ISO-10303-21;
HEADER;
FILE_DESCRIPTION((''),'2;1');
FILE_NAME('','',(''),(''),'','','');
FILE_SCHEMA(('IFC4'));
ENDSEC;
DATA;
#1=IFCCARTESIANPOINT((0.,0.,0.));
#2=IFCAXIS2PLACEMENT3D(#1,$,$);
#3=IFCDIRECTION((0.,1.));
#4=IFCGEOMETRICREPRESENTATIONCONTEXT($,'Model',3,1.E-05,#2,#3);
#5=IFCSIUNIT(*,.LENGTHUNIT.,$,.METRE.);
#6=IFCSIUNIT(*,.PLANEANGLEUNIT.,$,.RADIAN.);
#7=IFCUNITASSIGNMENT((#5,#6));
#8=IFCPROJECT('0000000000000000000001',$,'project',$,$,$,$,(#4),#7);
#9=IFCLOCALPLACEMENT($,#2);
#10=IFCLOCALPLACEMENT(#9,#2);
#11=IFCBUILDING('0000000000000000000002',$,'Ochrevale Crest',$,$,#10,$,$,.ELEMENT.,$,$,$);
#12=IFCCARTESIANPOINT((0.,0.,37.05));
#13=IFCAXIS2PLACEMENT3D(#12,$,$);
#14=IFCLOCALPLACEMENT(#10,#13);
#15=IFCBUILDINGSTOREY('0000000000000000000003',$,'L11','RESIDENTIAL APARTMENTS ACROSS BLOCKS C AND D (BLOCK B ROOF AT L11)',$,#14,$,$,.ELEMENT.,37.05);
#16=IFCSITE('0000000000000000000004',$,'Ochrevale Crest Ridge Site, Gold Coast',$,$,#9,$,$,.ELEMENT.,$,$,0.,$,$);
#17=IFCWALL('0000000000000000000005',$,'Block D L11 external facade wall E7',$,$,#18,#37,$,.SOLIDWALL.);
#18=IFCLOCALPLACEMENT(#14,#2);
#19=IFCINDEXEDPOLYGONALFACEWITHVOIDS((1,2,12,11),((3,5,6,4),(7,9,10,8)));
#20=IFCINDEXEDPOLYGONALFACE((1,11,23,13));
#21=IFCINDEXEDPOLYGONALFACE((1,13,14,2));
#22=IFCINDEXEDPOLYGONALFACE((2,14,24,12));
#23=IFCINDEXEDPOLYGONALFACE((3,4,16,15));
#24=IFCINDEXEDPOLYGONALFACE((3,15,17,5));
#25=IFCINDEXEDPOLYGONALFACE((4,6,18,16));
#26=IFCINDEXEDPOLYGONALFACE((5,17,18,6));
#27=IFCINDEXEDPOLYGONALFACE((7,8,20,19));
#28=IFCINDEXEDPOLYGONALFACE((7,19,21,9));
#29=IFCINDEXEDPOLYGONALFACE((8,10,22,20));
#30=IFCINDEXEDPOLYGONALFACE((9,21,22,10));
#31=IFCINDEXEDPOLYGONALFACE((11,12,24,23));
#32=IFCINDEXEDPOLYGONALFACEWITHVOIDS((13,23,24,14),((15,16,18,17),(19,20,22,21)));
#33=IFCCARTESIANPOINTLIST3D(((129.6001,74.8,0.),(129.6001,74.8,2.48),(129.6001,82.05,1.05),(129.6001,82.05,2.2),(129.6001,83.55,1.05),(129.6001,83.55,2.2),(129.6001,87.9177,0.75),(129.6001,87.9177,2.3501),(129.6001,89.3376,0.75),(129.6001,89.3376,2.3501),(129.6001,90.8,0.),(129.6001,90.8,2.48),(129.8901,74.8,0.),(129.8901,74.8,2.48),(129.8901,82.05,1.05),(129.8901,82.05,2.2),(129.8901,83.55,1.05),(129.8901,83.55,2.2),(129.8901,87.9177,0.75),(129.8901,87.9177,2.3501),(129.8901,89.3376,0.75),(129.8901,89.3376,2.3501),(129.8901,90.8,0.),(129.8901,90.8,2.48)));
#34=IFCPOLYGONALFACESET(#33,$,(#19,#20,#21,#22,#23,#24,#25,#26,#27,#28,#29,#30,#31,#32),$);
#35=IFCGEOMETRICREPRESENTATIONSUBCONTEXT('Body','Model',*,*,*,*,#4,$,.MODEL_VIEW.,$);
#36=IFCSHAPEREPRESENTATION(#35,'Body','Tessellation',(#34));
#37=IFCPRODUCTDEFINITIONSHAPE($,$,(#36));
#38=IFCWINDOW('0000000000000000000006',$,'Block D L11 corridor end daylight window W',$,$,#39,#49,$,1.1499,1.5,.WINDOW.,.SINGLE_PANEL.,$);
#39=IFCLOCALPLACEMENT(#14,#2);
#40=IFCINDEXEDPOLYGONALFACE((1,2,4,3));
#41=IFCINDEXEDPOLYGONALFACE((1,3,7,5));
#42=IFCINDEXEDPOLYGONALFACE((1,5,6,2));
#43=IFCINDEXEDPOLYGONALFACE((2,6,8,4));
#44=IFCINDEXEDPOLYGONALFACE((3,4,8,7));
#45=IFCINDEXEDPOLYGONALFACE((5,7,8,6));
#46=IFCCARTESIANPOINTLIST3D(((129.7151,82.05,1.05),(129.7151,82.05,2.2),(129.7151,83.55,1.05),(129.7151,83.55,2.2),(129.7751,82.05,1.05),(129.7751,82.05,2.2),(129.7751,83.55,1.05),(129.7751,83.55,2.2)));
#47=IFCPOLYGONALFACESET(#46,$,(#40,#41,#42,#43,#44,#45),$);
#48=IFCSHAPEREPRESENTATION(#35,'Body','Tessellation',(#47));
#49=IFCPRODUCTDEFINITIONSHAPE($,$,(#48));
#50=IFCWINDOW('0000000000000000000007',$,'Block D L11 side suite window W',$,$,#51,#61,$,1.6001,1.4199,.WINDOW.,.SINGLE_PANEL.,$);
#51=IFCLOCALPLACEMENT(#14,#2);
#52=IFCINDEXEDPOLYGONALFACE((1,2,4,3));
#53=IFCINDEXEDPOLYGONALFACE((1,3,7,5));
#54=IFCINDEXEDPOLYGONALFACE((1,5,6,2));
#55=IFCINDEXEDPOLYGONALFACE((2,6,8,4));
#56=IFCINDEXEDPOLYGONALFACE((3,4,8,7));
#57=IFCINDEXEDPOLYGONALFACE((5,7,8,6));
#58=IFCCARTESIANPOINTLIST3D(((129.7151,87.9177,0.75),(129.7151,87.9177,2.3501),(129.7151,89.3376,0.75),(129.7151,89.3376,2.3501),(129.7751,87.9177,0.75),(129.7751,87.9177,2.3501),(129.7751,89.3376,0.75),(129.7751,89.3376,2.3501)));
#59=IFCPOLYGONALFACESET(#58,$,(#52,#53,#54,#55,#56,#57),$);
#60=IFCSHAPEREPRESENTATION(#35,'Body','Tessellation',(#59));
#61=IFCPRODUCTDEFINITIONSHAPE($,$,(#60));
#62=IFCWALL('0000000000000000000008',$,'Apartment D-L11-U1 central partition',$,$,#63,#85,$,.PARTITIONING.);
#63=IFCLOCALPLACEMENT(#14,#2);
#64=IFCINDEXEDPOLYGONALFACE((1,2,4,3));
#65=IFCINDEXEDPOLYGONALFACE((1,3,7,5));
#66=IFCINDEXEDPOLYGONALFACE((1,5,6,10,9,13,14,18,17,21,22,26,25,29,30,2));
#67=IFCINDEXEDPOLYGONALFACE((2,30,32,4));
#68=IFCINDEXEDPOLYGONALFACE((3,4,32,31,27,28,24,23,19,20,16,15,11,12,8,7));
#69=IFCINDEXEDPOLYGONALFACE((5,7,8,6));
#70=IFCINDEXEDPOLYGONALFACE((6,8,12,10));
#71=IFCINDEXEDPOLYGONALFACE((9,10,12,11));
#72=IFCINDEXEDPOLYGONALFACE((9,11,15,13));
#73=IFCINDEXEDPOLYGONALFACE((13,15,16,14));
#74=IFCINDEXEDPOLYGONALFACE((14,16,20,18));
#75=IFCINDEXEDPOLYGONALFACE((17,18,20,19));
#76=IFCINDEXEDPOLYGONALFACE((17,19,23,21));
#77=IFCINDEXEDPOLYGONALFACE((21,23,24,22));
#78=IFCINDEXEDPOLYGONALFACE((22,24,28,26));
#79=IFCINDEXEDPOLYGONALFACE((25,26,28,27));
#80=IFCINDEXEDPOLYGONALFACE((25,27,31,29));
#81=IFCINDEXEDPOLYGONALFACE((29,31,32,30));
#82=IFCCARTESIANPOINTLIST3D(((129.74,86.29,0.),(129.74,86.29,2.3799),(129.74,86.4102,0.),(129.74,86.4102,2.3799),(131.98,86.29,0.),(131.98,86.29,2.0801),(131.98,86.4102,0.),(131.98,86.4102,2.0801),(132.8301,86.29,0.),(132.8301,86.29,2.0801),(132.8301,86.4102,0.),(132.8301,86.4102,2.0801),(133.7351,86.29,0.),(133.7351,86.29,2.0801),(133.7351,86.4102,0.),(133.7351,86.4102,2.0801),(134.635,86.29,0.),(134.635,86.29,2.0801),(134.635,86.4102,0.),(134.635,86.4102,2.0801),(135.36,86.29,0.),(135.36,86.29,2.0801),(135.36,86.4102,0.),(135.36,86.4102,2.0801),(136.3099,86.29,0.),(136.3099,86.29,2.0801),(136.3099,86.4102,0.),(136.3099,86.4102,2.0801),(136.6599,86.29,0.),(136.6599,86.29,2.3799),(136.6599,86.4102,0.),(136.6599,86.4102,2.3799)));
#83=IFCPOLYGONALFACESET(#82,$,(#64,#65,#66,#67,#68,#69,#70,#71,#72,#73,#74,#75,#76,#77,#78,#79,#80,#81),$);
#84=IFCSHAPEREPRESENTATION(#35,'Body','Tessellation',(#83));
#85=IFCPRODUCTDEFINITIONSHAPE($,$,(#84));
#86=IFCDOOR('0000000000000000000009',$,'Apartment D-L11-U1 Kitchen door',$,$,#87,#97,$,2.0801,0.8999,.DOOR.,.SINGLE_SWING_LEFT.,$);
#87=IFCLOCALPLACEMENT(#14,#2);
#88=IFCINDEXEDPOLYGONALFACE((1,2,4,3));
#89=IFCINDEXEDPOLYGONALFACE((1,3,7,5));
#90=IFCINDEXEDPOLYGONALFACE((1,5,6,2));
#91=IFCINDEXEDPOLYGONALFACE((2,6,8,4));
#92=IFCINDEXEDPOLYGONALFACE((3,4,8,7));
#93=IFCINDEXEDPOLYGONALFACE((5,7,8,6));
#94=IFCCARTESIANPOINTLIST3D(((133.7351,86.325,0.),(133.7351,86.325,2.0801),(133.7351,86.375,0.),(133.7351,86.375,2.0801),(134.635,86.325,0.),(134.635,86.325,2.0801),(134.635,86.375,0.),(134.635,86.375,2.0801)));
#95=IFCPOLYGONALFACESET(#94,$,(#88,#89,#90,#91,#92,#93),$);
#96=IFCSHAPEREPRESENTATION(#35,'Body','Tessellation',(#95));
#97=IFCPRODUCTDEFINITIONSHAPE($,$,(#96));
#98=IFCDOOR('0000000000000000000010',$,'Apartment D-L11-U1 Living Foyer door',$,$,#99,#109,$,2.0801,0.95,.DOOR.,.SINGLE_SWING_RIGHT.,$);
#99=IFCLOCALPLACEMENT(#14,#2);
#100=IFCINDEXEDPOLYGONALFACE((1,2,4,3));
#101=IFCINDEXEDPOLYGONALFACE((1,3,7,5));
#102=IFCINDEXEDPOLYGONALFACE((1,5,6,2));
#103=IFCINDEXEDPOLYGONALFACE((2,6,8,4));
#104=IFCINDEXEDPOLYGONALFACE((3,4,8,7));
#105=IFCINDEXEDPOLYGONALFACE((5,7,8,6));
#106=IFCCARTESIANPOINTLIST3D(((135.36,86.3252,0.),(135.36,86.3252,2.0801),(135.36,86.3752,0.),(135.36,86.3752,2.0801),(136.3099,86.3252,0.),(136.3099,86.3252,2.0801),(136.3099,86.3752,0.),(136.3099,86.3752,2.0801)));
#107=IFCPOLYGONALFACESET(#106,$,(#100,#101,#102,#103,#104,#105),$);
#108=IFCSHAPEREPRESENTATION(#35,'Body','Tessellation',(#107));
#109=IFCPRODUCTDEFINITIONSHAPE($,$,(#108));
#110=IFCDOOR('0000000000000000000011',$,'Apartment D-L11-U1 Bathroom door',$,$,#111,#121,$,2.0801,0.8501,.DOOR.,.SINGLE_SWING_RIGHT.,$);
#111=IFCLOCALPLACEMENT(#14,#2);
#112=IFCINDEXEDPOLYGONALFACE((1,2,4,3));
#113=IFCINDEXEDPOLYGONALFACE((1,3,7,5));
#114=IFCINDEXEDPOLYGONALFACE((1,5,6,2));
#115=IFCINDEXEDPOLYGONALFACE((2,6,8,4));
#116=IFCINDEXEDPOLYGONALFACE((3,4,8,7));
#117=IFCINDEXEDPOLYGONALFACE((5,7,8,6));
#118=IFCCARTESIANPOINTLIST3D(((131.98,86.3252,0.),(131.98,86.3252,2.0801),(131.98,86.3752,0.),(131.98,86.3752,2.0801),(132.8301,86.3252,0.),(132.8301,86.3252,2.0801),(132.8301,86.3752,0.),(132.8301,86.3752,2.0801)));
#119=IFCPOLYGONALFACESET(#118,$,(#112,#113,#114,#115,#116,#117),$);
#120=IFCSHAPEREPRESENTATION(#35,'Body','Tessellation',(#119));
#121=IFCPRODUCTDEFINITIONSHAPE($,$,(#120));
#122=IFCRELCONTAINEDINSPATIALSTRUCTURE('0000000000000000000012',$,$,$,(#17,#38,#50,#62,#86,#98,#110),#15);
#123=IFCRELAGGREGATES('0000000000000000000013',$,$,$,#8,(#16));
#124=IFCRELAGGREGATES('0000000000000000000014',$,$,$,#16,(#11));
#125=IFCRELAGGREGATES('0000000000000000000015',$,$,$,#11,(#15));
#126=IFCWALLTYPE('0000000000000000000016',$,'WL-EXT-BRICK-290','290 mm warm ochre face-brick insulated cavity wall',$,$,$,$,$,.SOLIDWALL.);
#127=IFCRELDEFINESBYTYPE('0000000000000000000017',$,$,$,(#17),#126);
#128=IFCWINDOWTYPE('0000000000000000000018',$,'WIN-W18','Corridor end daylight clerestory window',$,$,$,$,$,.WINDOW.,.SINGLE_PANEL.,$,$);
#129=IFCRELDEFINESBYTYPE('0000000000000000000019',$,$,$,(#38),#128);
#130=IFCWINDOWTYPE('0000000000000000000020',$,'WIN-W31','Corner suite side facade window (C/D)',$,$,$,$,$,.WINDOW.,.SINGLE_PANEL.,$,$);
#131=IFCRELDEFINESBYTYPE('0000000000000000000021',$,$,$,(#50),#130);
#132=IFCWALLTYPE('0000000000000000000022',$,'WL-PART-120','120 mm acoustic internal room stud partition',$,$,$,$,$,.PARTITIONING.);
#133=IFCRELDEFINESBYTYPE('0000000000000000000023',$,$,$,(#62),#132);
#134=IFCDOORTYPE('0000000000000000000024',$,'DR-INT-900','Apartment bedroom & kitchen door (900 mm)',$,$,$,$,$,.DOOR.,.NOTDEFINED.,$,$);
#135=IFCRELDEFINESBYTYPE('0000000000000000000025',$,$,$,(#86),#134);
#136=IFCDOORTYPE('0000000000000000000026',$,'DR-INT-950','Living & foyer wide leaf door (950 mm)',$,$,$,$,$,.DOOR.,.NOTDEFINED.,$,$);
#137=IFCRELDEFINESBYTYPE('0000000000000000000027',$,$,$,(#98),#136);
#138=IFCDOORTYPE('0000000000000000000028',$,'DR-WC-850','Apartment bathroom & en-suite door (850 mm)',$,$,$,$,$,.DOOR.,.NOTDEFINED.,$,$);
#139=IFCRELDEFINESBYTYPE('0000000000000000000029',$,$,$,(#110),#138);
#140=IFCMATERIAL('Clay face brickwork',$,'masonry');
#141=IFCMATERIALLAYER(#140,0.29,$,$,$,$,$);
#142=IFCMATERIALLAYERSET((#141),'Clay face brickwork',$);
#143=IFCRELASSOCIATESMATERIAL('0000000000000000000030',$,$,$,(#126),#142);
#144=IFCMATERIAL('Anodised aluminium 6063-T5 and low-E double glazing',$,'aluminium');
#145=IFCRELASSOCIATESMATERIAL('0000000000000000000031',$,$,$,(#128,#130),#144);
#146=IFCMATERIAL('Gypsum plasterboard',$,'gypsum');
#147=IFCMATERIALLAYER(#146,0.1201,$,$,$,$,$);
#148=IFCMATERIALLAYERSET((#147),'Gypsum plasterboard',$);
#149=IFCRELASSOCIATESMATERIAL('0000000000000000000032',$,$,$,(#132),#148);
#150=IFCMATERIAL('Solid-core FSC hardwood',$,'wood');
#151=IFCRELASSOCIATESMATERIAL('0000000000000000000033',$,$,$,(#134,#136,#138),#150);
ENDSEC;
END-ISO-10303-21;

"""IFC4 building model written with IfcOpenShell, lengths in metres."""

from ifc_helpers import new_model, si_unit, direction, frame, frame_2d, origin, place, context, subcontext, project, spatial, rectangle, extrude, material, layer, layer_set, type_object, element, fill, save


model = new_model("IFC4")

# Units and contexts
model_context = context("Model", 3, precision=1e-05, world=origin(), true_north=direction((0.0, 1.0)))
body_context = subcontext(model_context, "Body", "Model", "MODEL_VIEW")
ifc_project = project(units=[si_unit("LENGTHUNIT", "METRE"), si_unit("PLANEANGLEUNIT", "RADIAN")], contexts=[model_context])

# Site, building, storey
site_placement = place(None, origin())
site = spatial("IfcSite", under=ifc_project, at=site_placement, Name="Ochrevale Crest Ridge Site, Gold Coast", CompositionType="ELEMENT", RefElevation=0.0)
building_placement = place(site_placement, origin())
building = spatial("IfcBuilding", under=site, at=building_placement, Name="Ochrevale Crest", CompositionType="ELEMENT")
storey_placement = place(building_placement, frame((0.0, 0.0, 37.05)))
storey = spatial("IfcBuildingStorey", under=building, at=storey_placement, Name="L11", Description="RESIDENTIAL APARTMENTS ACROSS BLOCKS C AND D (BLOCK B ROOF AT L11)", CompositionType="ELEMENT", Elevation=37.05)

# Shared definitions
ifc_material_1 = material(Name="Gypsum plasterboard", Category="gypsum")
ifc_material_2 = material(Name="Solid-core FSC hardwood", Category="wood")

# Wall, openings, windows
ifc_material_3 = material(Name="Clay face brickwork", Category="masonry")
ifc_layer_1 = layer(ifc_material_3, 0.29)
ifc_layer_set_1 = layer_set([ifc_layer_1], Name="Clay face brickwork")
wall_type_1 = type_object("IfcWallType", Name="WL-EXT-BRICK-290", Description="290 mm warm ochre face-brick insulated cavity wall", PredefinedType="SOLIDWALL", material=ifc_layer_set_1)
wall_1_placement = place(storey_placement, frame((129.7451, 90.8, 0.0), z_axis=(0.0, 0.0, 1.0), x_axis=(0.0, -1.0, 0.0)))
wall_1 = element("IfcWall", 1, at=wall_1_placement, inside=storey, type_object=wall_type_1, Name="Block D L11 external facade wall E7", PredefinedType="SOLIDWALL", context=body_context, shape_type="SweptSolid", body=[
    extrude(rectangle(XDim=16.0, YDim=0.29, at=frame_2d((8.0, 0.0))), origin(), (0.0, 0.0, 1.0), 2.48),
])
opening_1_placement = place(wall_1_placement, frame((7.25, 0.0, 1.05)))
opening_1 = element("IfcOpeningElement", 2, at=opening_1_placement, cuts=wall_1, PredefinedType="OPENING", context=body_context, shape_type="SweptSolid", body=[
    extrude(rectangle(XDim=1.5, YDim=1.1499, at=frame_2d((0.75, 0.575))), frame((0.0, 0.155, 0.0), z_axis=(0.0, -1.0, 0.0), x_axis=(1.0, 0.0, 0.0)), (0.0, 0.0, 1.0), 0.3101),
])
opening_2_placement = place(wall_1_placement, frame((1.4624, 0.0, 0.75)))
opening_2 = element("IfcOpeningElement", 3, at=opening_2_placement, cuts=wall_1, PredefinedType="OPENING", context=body_context, shape_type="SweptSolid", body=[
    extrude(rectangle(XDim=1.4199, YDim=1.6001, at=frame_2d((0.71, 0.8))), frame((0.0, 0.155, 0.0), z_axis=(0.0, -1.0, 0.0), x_axis=(1.0, 0.0, 0.0)), (0.0, 0.0, 1.0), 0.3101),
])
ifc_material_4 = material(Name="Anodised aluminium 6063-T5 and low-E double glazing", Category="aluminium")
window_type_1 = type_object("IfcWindowType", Name="WIN-W18", Description="Corridor end daylight clerestory window", PartitioningType="SINGLE_PANEL", PredefinedType="WINDOW", material=ifc_material_4)
window_1_placement = place(opening_1_placement, origin())
window_1 = element("IfcWindow", 4, at=window_1_placement, inside=storey, type_object=window_type_1, Name="Block D L11 corridor end daylight window W", OverallHeight=1.1499, OverallWidth=1.5, PartitioningType="SINGLE_PANEL", PredefinedType="WINDOW", context=body_context, shape_type="SweptSolid", body=[
    extrude(rectangle(XDim=1.5, YDim=1.1499, at=frame_2d((0.75, 0.575))), frame((0.0, 0.03, 0.0), z_axis=(0.0, -1.0, 0.0), x_axis=(1.0, 0.0, 0.0)), (0.0, 0.0, 1.0), 0.0601),
])
fill(opening_1, window_1)
window_type_2 = type_object("IfcWindowType", Name="WIN-W31", Description="Corner suite side facade window (C/D)", PartitioningType="SINGLE_PANEL", PredefinedType="WINDOW", material=ifc_material_4)
window_2_placement = place(opening_2_placement, origin())
window_2 = element("IfcWindow", 5, at=window_2_placement, inside=storey, type_object=window_type_2, Name="Block D L11 side suite window W", OverallHeight=1.6001, OverallWidth=1.4199, PartitioningType="SINGLE_PANEL", PredefinedType="WINDOW", context=body_context, shape_type="SweptSolid", body=[
    extrude(rectangle(XDim=1.4199, YDim=1.6001, at=frame_2d((0.71, 0.8))), frame((0.0, 0.03, 0.0), z_axis=(0.0, -1.0, 0.0), x_axis=(1.0, 0.0, 0.0)), (0.0, 0.0, 1.0), 0.0601),
])
fill(opening_2, window_2)

# Wall, openings, doors
ifc_layer_2 = layer(ifc_material_1, 0.1201)
ifc_layer_set_2 = layer_set([ifc_layer_2], Name="Gypsum plasterboard")
wall_type_2 = type_object("IfcWallType", Name="WL-PART-120", Description="120 mm acoustic internal room stud partition", PredefinedType="PARTITIONING", material=ifc_layer_set_2)
wall_2_placement = place(storey_placement, frame((129.74, 86.3501, 0.0), z_axis=(0.0, 0.0, 1.0), x_axis=(1.0, 0.0, 0.0)))
wall_2 = element("IfcWall", 6, at=wall_2_placement, inside=storey, type_object=wall_type_2, Name="Apartment D-L11-U1 central partition", PredefinedType="PARTITIONING", context=body_context, shape_type="SweptSolid", body=[
    extrude(rectangle(XDim=6.9199, YDim=0.1201, at=frame_2d((3.46, 0.0))), origin(), (0.0, 0.0, 1.0), 2.3799),
])
opening_3_placement = place(wall_2_placement, frame((3.0901, 0.0, 0.0), z_axis=(0.0, 0.0, 1.0), x_axis=(-1.0, 0.0, 0.0)))
opening_3 = element("IfcOpeningElement", 7, at=opening_3_placement, cuts=wall_2, PredefinedType="OPENING", context=body_context, shape_type="SweptSolid", body=[
    extrude(rectangle(XDim=0.8501, YDim=2.0801, at=frame_2d((0.425, 1.04))), frame((0.0, 0.0701, 0.0), z_axis=(0.0, -1.0, 0.0), x_axis=(1.0, 0.0, 0.0)), (0.0, 0.0, 1.0), 0.1401),
])
opening_4_placement = place(wall_2_placement, frame((3.9951, 0.0, 0.0)))
opening_4 = element("IfcOpeningElement", 8, at=opening_4_placement, cuts=wall_2, PredefinedType="OPENING", context=body_context, shape_type="SweptSolid", body=[
    extrude(rectangle(XDim=0.8999, YDim=2.0801, at=frame_2d((0.45, 1.04))), frame((0.0, 0.0701, 0.0), z_axis=(0.0, -1.0, 0.0), x_axis=(1.0, 0.0, 0.0)), (0.0, 0.0, 1.0), 0.1401),
])
opening_5_placement = place(wall_2_placement, frame((6.5701, 0.0, 0.0), z_axis=(0.0, 0.0, 1.0), x_axis=(-1.0, 0.0, 0.0)))
opening_5 = element("IfcOpeningElement", 9, at=opening_5_placement, cuts=wall_2, PredefinedType="OPENING", context=body_context, shape_type="SweptSolid", body=[
    extrude(rectangle(XDim=0.95, YDim=2.0801, at=frame_2d((0.4751, 1.04))), frame((0.0, 0.0701, 0.0), z_axis=(0.0, -1.0, 0.0), x_axis=(1.0, 0.0, 0.0)), (0.0, 0.0, 1.0), 0.1401),
])
door_type_1 = type_object("IfcDoorType", Name="DR-INT-900", Description="Apartment bedroom & kitchen door (900 mm)", OperationType="NOTDEFINED", PredefinedType="DOOR", material=ifc_material_2)
door_1_placement = place(opening_4_placement, origin())
door_1 = element("IfcDoor", 10, at=door_1_placement, inside=storey, type_object=door_type_1, Name="Apartment D-L11-U1 Kitchen door", OperationType="SINGLE_SWING_LEFT", OverallHeight=2.0801, OverallWidth=0.8999, PredefinedType="DOOR", context=body_context, shape_type="SweptSolid", body=[
    extrude(rectangle(XDim=0.8999, YDim=2.0801, at=frame_2d((0.45, 1.04))), frame((0.0, 0.0249, 0.0), z_axis=(0.0, -1.0, 0.0), x_axis=(1.0, 0.0, 0.0)), (0.0, 0.0, 1.0), 0.05),
])
fill(opening_4, door_1)
door_type_2 = type_object("IfcDoorType", Name="DR-INT-950", Description="Living & foyer wide leaf door (950 mm)", OperationType="NOTDEFINED", PredefinedType="DOOR", material=ifc_material_2)
door_2_placement = place(opening_5_placement, origin())
door_2 = element("IfcDoor", 11, at=door_2_placement, inside=storey, type_object=door_type_2, Name="Apartment D-L11-U1 Living Foyer door", OperationType="SINGLE_SWING_RIGHT", OverallHeight=2.0801, OverallWidth=0.95, PredefinedType="DOOR", context=body_context, shape_type="SweptSolid", body=[
    extrude(rectangle(XDim=0.95, YDim=2.0801, at=frame_2d((0.4751, 1.04))), frame((0.0, 0.0249, 0.0), z_axis=(0.0, -1.0, 0.0), x_axis=(1.0, 0.0, 0.0)), (0.0, 0.0, 1.0), 0.05),
])
fill(opening_5, door_2)
door_type_3 = type_object("IfcDoorType", Name="DR-WC-850", Description="Apartment bathroom & en-suite door (850 mm)", OperationType="NOTDEFINED", PredefinedType="DOOR", material=ifc_material_2)
door_3_placement = place(opening_3_placement, origin())
door_3 = element("IfcDoor", 12, at=door_3_placement, inside=storey, type_object=door_type_3, Name="Apartment D-L11-U1 Bathroom door", OperationType="SINGLE_SWING_RIGHT", OverallHeight=2.0801, OverallWidth=0.8501, PredefinedType="DOOR", context=body_context, shape_type="SweptSolid", body=[
    extrude(rectangle(XDim=0.8501, YDim=2.0801, at=frame_2d((0.425, 1.04))), frame((0.0, 0.0249, 0.0), z_axis=(0.0, -1.0, 0.0), x_axis=(1.0, 0.0, 0.0)), (0.0, 0.0, 1.0), 0.05),
])
fill(opening_3, door_3)

save(model, "model.ifc")
